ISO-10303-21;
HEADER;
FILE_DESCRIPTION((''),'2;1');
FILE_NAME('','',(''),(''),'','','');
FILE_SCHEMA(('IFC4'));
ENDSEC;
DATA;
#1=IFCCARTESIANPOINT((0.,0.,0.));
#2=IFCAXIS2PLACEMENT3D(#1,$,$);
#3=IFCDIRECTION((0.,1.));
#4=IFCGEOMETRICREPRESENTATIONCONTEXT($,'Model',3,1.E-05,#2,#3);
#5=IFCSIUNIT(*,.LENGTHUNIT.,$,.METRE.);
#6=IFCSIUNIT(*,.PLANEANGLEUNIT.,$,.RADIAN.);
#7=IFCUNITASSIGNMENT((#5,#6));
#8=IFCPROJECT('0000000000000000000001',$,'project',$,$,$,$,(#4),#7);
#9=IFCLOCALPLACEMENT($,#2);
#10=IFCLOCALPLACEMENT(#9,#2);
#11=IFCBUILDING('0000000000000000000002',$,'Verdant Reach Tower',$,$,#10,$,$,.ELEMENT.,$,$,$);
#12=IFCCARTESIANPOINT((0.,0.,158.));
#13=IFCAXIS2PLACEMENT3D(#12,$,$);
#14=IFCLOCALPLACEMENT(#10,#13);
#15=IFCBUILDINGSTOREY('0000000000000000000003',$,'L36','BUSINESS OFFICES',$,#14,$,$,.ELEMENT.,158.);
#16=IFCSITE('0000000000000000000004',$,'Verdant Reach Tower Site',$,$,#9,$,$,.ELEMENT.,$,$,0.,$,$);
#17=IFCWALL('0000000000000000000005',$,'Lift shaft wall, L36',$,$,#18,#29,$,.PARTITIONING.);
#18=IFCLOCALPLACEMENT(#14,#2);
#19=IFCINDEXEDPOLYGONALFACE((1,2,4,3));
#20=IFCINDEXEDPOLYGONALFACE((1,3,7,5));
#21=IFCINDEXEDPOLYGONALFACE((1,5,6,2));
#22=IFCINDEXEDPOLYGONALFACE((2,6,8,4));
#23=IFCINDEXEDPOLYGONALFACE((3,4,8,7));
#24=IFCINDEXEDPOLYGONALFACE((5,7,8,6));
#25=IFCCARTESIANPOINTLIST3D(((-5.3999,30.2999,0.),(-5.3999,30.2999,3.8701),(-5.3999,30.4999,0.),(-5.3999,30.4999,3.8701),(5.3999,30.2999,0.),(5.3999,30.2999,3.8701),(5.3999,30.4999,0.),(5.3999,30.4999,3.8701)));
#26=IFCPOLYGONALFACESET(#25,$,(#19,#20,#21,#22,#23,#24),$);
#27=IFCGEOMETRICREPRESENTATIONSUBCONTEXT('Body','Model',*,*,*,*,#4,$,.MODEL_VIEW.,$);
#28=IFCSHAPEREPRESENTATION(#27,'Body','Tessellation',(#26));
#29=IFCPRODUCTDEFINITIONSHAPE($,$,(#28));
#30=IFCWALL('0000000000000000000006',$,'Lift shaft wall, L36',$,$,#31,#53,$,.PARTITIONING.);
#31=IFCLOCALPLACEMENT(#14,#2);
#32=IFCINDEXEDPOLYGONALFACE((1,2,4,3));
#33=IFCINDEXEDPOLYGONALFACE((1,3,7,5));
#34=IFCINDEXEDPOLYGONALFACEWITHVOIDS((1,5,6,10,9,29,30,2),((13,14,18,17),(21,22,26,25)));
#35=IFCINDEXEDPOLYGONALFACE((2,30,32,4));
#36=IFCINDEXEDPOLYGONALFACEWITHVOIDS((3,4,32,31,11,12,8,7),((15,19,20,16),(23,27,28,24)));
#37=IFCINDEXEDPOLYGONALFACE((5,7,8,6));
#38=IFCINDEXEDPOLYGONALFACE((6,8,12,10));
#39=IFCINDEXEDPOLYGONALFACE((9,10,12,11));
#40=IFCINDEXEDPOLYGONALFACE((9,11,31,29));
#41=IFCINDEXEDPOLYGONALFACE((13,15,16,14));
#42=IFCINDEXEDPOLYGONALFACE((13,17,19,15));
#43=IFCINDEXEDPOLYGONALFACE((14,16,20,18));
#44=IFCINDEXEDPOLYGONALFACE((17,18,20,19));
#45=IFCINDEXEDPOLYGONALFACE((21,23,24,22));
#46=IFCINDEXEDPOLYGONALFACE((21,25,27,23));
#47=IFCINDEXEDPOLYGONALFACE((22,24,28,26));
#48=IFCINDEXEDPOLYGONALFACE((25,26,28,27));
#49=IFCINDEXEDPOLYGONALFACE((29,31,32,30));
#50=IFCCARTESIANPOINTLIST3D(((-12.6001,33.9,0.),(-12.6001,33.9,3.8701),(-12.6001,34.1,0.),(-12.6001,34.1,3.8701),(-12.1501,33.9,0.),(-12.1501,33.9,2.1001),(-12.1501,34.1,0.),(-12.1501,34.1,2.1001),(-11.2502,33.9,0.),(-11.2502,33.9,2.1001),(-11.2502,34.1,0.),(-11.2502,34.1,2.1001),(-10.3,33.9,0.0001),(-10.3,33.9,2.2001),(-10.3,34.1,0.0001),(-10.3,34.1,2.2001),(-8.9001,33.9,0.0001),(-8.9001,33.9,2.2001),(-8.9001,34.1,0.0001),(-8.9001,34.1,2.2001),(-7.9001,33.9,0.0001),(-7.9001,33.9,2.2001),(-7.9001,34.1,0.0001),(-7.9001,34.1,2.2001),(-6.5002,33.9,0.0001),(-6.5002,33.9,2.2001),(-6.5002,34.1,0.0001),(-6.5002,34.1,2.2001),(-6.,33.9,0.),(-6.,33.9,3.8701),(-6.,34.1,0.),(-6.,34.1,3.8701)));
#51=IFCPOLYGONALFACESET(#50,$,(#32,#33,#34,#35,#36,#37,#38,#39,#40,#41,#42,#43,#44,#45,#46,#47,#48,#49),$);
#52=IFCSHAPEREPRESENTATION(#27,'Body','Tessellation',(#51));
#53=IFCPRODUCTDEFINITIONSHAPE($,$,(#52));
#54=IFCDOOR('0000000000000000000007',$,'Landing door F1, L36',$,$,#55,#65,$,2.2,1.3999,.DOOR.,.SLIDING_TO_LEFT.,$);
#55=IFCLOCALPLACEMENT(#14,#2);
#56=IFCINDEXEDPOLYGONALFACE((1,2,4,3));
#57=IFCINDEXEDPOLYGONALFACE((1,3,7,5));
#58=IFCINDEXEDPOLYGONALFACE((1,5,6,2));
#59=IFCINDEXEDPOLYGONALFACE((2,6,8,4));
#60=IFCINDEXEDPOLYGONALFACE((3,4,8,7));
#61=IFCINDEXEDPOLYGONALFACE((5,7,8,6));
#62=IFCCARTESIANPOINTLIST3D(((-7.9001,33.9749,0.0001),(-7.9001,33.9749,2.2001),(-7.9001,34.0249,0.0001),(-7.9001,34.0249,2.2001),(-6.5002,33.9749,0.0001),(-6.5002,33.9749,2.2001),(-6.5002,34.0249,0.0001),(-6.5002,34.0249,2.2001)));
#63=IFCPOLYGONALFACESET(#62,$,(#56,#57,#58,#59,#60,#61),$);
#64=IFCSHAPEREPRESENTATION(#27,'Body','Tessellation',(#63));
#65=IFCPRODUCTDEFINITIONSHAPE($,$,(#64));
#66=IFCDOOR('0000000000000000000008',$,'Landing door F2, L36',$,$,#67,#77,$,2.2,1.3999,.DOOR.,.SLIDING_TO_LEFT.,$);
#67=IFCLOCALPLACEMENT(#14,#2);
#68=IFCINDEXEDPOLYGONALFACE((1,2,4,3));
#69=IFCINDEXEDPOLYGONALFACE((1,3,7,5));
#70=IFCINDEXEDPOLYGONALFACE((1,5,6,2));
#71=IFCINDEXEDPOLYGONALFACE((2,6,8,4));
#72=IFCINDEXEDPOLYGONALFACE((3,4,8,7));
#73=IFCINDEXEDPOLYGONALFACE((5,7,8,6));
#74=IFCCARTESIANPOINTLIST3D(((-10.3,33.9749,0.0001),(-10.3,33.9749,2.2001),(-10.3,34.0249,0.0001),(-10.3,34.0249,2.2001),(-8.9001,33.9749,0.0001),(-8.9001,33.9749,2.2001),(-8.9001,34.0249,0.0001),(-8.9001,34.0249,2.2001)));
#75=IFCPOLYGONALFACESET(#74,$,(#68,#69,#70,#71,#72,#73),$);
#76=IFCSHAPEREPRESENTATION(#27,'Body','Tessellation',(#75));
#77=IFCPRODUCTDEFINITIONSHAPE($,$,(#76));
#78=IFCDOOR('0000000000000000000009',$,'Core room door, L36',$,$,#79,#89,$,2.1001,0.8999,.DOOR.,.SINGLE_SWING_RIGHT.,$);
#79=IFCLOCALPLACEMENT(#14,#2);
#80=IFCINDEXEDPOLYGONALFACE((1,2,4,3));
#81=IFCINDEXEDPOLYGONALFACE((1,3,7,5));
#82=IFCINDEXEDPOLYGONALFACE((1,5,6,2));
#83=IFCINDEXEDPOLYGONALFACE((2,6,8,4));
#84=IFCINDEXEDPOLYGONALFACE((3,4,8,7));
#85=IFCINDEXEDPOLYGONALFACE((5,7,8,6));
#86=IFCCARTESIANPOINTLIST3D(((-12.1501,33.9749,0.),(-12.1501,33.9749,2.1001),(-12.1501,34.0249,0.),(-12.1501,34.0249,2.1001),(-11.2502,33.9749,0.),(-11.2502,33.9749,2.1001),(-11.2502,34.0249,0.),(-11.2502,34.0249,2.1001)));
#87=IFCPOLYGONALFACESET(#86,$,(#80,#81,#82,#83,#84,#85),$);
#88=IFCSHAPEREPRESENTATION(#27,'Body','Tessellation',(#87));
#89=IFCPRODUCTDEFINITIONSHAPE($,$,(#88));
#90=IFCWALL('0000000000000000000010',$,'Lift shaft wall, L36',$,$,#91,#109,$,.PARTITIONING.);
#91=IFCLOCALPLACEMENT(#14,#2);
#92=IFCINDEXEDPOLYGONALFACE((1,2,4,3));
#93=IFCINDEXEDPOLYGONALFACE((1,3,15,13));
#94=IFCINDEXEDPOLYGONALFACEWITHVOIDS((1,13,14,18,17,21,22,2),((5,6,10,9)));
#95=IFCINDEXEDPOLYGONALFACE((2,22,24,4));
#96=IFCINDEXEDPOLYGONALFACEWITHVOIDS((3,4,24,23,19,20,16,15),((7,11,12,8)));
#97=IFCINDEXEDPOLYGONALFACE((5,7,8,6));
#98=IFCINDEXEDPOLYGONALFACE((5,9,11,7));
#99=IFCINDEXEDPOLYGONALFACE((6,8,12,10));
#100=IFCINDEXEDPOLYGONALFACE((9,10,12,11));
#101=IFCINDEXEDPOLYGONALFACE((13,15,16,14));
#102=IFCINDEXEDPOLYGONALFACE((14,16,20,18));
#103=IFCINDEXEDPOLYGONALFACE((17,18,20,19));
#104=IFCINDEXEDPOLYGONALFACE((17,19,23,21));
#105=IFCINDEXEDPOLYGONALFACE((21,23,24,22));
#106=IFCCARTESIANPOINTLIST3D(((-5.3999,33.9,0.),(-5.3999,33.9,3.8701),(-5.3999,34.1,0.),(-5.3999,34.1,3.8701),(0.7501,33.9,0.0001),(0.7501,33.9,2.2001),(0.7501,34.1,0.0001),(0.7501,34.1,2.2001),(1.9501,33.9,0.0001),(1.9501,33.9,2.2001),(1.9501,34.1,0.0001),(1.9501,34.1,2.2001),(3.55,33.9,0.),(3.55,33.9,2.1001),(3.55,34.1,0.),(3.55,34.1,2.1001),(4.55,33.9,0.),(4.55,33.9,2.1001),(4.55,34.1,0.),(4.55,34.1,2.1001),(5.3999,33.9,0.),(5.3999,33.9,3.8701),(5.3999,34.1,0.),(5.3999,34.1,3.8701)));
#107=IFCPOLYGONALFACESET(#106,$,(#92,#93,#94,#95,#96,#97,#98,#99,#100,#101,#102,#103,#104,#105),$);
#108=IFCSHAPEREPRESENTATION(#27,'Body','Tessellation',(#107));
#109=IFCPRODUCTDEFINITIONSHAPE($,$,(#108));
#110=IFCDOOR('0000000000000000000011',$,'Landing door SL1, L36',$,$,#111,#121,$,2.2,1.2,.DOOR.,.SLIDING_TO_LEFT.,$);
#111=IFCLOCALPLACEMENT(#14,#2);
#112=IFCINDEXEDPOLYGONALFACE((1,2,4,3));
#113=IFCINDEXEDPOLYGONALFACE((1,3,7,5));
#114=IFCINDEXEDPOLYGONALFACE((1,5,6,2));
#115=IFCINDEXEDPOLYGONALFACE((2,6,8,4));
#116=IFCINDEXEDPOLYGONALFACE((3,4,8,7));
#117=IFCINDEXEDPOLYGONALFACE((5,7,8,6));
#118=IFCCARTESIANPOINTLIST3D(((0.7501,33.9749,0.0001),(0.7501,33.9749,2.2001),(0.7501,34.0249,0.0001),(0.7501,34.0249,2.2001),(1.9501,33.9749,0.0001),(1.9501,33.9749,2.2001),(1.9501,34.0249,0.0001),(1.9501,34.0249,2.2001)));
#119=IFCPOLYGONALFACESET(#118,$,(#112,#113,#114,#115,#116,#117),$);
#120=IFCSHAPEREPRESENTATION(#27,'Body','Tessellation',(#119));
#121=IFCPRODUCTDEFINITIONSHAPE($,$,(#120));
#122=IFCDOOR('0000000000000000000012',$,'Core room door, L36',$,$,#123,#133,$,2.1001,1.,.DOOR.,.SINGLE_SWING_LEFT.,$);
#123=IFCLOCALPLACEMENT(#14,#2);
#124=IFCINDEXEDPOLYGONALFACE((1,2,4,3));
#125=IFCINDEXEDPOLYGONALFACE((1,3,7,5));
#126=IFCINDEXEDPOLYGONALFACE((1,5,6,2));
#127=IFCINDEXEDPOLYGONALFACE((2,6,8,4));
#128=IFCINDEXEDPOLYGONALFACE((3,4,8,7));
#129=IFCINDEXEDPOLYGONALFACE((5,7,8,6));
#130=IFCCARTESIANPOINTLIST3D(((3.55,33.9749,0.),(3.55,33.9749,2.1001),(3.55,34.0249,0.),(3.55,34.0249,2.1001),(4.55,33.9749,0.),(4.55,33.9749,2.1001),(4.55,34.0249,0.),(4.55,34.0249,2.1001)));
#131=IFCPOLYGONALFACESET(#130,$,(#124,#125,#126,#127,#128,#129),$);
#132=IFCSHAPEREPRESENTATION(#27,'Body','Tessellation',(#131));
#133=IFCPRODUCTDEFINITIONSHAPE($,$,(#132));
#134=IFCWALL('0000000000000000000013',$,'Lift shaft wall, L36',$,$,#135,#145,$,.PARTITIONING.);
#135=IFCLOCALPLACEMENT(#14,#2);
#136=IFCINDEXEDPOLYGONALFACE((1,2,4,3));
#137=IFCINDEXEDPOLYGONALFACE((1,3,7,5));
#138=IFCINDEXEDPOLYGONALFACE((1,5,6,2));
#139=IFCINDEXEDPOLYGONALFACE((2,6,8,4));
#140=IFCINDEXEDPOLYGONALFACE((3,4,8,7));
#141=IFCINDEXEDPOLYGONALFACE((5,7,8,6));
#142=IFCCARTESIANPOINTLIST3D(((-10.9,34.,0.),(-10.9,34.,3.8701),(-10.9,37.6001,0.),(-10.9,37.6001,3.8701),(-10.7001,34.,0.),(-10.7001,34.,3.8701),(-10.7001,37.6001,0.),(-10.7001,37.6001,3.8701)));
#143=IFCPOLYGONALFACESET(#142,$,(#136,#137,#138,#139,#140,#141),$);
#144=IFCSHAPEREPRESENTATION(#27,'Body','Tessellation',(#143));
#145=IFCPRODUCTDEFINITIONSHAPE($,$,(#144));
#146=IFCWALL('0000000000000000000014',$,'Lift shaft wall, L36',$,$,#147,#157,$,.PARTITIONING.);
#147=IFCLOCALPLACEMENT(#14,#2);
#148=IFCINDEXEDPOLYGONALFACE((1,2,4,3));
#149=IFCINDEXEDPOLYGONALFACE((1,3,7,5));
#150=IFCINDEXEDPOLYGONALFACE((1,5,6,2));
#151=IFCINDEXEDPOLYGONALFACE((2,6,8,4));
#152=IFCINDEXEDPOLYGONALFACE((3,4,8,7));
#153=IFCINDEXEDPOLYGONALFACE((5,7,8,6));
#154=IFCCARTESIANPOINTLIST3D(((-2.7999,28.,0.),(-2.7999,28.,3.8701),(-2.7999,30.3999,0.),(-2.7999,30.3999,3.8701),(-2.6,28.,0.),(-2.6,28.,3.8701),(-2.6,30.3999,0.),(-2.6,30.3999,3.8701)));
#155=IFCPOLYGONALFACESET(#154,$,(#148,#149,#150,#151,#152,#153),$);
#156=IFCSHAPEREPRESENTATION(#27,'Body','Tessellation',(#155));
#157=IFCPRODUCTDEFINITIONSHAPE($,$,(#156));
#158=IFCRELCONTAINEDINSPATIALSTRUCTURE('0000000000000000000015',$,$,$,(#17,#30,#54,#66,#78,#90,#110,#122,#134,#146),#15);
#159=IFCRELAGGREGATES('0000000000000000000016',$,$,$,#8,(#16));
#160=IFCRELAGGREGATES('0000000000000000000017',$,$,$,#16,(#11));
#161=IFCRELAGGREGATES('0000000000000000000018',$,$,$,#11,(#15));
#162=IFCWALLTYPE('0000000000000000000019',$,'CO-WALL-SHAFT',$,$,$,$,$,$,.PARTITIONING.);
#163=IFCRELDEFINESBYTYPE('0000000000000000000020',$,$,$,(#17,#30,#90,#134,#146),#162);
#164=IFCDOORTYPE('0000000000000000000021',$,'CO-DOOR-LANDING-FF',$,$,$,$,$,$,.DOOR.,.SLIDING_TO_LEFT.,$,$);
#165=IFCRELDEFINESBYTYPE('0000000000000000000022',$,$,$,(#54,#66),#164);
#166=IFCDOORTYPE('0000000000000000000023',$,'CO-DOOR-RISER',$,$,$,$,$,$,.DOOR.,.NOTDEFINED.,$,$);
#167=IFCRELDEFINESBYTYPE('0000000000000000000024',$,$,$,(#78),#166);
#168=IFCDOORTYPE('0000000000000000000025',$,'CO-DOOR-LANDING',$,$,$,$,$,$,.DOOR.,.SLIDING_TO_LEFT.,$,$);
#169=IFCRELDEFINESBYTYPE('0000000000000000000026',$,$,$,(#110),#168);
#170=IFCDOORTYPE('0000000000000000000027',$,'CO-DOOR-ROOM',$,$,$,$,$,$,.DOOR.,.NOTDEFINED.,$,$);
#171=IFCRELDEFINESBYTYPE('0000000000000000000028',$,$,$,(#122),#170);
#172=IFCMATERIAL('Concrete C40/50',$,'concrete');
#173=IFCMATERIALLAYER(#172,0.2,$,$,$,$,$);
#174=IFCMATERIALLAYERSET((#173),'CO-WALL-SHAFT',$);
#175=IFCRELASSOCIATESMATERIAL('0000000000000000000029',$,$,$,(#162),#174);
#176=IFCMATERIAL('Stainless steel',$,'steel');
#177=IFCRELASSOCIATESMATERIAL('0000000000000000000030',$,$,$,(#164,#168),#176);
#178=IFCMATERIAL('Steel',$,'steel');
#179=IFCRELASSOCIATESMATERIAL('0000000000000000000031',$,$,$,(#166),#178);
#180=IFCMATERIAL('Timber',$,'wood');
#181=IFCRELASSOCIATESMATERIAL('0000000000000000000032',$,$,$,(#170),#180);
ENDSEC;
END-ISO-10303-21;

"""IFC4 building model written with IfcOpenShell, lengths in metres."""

from ifc_helpers import new_model, si_unit, direction, frame, frame_2d, origin, place, context, subcontext, project, spatial, rectangle, extrude, material, layer, layer_set, type_object, element, fill, save


model = new_model("IFC4")

# Units and contexts
model_context = context("Model", 3, precision=1e-05, world=origin(), true_north=direction((0.0, 1.0)))
body_context = subcontext(model_context, "Body", "Model", "MODEL_VIEW")
ifc_project = project(units=[si_unit("LENGTHUNIT", "METRE"), si_unit("PLANEANGLEUNIT", "RADIAN")], contexts=[model_context])

# Site, building, storey
site_placement = place(None, origin())
site = spatial("IfcSite", under=ifc_project, at=site_placement, Name="Verdant Reach Tower Site", CompositionType="ELEMENT", RefElevation=0.0)
building_placement = place(site_placement, origin())
building = spatial("IfcBuilding", under=site, at=building_placement, Name="Verdant Reach Tower", CompositionType="ELEMENT")
storey_placement = place(building_placement, frame((0.0, 0.0, 158.0)))
storey = spatial("IfcBuildingStorey", under=building, at=storey_placement, Name="L36", Description="BUSINESS OFFICES", CompositionType="ELEMENT", Elevation=158.0)

# Wall
ifc_material_1 = material(Name="Concrete C40/50", Category="concrete")
ifc_layer_1 = layer(ifc_material_1, 0.2)
ifc_layer_set_1 = layer_set([ifc_layer_1], Name="CO-WALL-SHAFT")
wall_type_1 = type_object("IfcWallType", Name="CO-WALL-SHAFT", PredefinedType="PARTITIONING", material=ifc_layer_set_1)
wall_1_placement = place(storey_placement, frame((-5.3999, 30.3999, 0.0), z_axis=(0.0, 0.0, 1.0), x_axis=(1.0, 0.0, 0.0)))
element("IfcWall", 1, at=wall_1_placement, inside=storey, type_object=wall_type_1, Name="Lift shaft wall, L36", PredefinedType="PARTITIONING", context=body_context, shape_type="SweptSolid", body=[
    extrude(rectangle(XDim=10.7998, YDim=0.2, at=frame_2d((5.3999, 0.0))), origin(), (0.0, 0.0, 1.0), 3.8701),
])

# Walls, openings, doors
wall_2_placement = place(storey_placement, frame((-12.6001, 34.0, 0.0), z_axis=(0.0, 0.0, 1.0), x_axis=(1.0, 0.0, 0.0)))
wall_2 = element("IfcWall", 2, at=wall_2_placement, inside=storey, type_object=wall_type_1, Name="Lift shaft wall, L36", PredefinedType="PARTITIONING", context=body_context, shape_type="SweptSolid", body=[
    extrude(rectangle(XDim=6.6001, YDim=0.2, at=frame_2d((3.3, 0.0))), origin(), (0.0, 0.0, 1.0), 3.8701),
])
opening_1_placement = place(wall_2_placement, frame((4.7, 0.0, 0.0)))
opening_1 = element("IfcOpeningElement", 3, at=opening_1_placement, cuts=wall_2, PredefinedType="OPENING", context=body_context, shape_type="SweptSolid", body=[
    extrude(rectangle(XDim=1.3999, YDim=2.2, at=frame_2d((0.7, 1.1001))), frame((0.0, 0.1099, 0.0), z_axis=(0.0, -1.0, 0.0), x_axis=(1.0, 0.0, 0.0)), (0.0, 0.0, 1.0), 0.22),
])
opening_2_placement = place(wall_2_placement, frame((2.3, 0.0, 0.0)))
opening_2 = element("IfcOpeningElement", 4, at=opening_2_placement, cuts=wall_2, PredefinedType="OPENING", context=body_context, shape_type="SweptSolid", body=[
    extrude(rectangle(XDim=1.3999, YDim=2.2, at=frame_2d((0.7, 1.1001))), frame((0.0, 0.1099, 0.0), z_axis=(0.0, -1.0, 0.0), x_axis=(1.0, 0.0, 0.0)), (0.0, 0.0, 1.0), 0.22),
])
opening_3_placement = place(wall_2_placement, frame((0.45, 0.0, 0.0)))
opening_3 = element("IfcOpeningElement", 5, at=opening_3_placement, cuts=wall_2, PredefinedType="OPENING", context=body_context, shape_type="SweptSolid", body=[
    extrude(rectangle(XDim=0.8999, YDim=2.1001, at=frame_2d((0.45, 1.05))), frame((0.0, 0.1099, 0.0), z_axis=(0.0, -1.0, 0.0), x_axis=(1.0, 0.0, 0.0)), (0.0, 0.0, 1.0), 0.22),
])
ifc_material_2 = material(Name="Stainless steel", Category="steel")
door_type_1 = type_object("IfcDoorType", Name="CO-DOOR-LANDING-FF", OperationType="SLIDING_TO_LEFT", PredefinedType="DOOR", material=ifc_material_2)
door_1_placement = place(opening_1_placement, origin())
door_1 = element("IfcDoor", 6, at=door_1_placement, inside=storey, type_object=door_type_1, Name="Landing door F1, L36", OperationType="SLIDING_TO_LEFT", OverallHeight=2.2, OverallWidth=1.3999, PredefinedType="DOOR", context=body_context, shape_type="SweptSolid", body=[
    extrude(rectangle(XDim=1.3999, YDim=2.2, at=frame_2d((0.7, 1.1001))), frame((0.0, 0.0249, 0.0), z_axis=(0.0, -1.0, 0.0), x_axis=(1.0, 0.0, 0.0)), (0.0, 0.0, 1.0), 0.05),
])
fill(opening_1, door_1)
door_2_placement = place(opening_2_placement, origin())
door_2 = element("IfcDoor", 7, at=door_2_placement, inside=storey, type_object=door_type_1, Name="Landing door F2, L36", OperationType="SLIDING_TO_LEFT", OverallHeight=2.2, OverallWidth=1.3999, PredefinedType="DOOR", context=body_context, shape_type="SweptSolid", body=[
    extrude(rectangle(XDim=1.3999, YDim=2.2, at=frame_2d((0.7, 1.1001))), frame((0.0, 0.0249, 0.0), z_axis=(0.0, -1.0, 0.0), x_axis=(1.0, 0.0, 0.0)), (0.0, 0.0, 1.0), 0.05),
])
fill(opening_2, door_2)
ifc_material_3 = material(Name="Steel", Category="steel")
door_type_2 = type_object("IfcDoorType", Name="CO-DOOR-RISER", OperationType="NOTDEFINED", PredefinedType="DOOR", material=ifc_material_3)
door_3_placement = place(opening_3_placement, origin())
door_3 = element("IfcDoor", 8, at=door_3_placement, inside=storey, type_object=door_type_2, Name="Core room door, L36", OperationType="SINGLE_SWING_RIGHT", OverallHeight=2.1001, OverallWidth=0.8999, PredefinedType="DOOR", context=body_context, shape_type="SweptSolid", body=[
    extrude(rectangle(XDim=0.8999, YDim=2.1001, at=frame_2d((0.45, 1.05))), frame((0.0, 0.0249, 0.0), z_axis=(0.0, -1.0, 0.0), x_axis=(1.0, 0.0, 0.0)), (0.0, 0.0, 1.0), 0.05),
])
fill(opening_3, door_3)
wall_3_placement = place(storey_placement, frame((-5.3999, 34.0, 0.0), z_axis=(0.0, 0.0, 1.0), x_axis=(1.0, 0.0, 0.0)))
wall_3 = element("IfcWall", 9, at=wall_3_placement, inside=storey, type_object=wall_type_1, Name="Lift shaft wall, L36", PredefinedType="PARTITIONING", context=body_context, shape_type="SweptSolid", body=[
    extrude(rectangle(XDim=10.7998, YDim=0.2, at=frame_2d((5.3999, 0.0))), origin(), (0.0, 0.0, 1.0), 3.8701),
])
opening_4_placement = place(wall_3_placement, frame((6.1499, 0.0, 0.0)))
opening_4 = element("IfcOpeningElement", 10, at=opening_4_placement, cuts=wall_3, PredefinedType="OPENING", context=body_context, shape_type="SweptSolid", body=[
    extrude(rectangle(XDim=1.2, YDim=2.2, at=frame_2d((0.6001, 1.1001))), frame((0.0, 0.1099, 0.0), z_axis=(0.0, -1.0, 0.0), x_axis=(1.0, 0.0, 0.0)), (0.0, 0.0, 1.0), 0.22),
])
opening_5_placement = place(wall_3_placement, frame((8.95, 0.0, 0.0)))
opening_5 = element("IfcOpeningElement", 11, at=opening_5_placement, cuts=wall_3, PredefinedType="OPENING", context=body_context, shape_type="SweptSolid", body=[
    extrude(rectangle(XDim=1.0, YDim=2.1001, at=frame_2d((0.5, 1.05))), frame((0.0, 0.1099, 0.0), z_axis=(0.0, -1.0, 0.0), x_axis=(1.0, 0.0, 0.0)), (0.0, 0.0, 1.0), 0.22),
])
door_type_3 = type_object("IfcDoorType", Name="CO-DOOR-LANDING", OperationType="SLIDING_TO_LEFT", PredefinedType="DOOR", material=ifc_material_2)
door_4_placement = place(opening_4_placement, origin())
door_4 = element("IfcDoor", 12, at=door_4_placement, inside=storey, type_object=door_type_3, Name="Landing door SL1, L36", OperationType="SLIDING_TO_LEFT", OverallHeight=2.2, OverallWidth=1.2, PredefinedType="DOOR", context=body_context, shape_type="SweptSolid", body=[
    extrude(rectangle(XDim=1.2, YDim=2.2, at=frame_2d((0.6001, 1.1001))), frame((0.0, 0.0249, 0.0), z_axis=(0.0, -1.0, 0.0), x_axis=(1.0, 0.0, 0.0)), (0.0, 0.0, 1.0), 0.05),
])
fill(opening_4, door_4)
ifc_material_4 = material(Name="Timber", Category="wood")
door_type_4 = type_object("IfcDoorType", Name="CO-DOOR-ROOM", OperationType="NOTDEFINED", PredefinedType="DOOR", material=ifc_material_4)
door_5_placement = place(opening_5_placement, origin())
door_5 = element("IfcDoor", 13, at=door_5_placement, inside=storey, type_object=door_type_4, Name="Core room door, L36", OperationType="SINGLE_SWING_LEFT", OverallHeight=2.1001, OverallWidth=1.0, PredefinedType="DOOR", context=body_context, shape_type="SweptSolid", body=[
    extrude(rectangle(XDim=1.0, YDim=2.1001, at=frame_2d((0.5, 1.05))), frame((0.0, 0.0249, 0.0), z_axis=(0.0, -1.0, 0.0), x_axis=(1.0, 0.0, 0.0)), (0.0, 0.0, 1.0), 0.05),
])
fill(opening_5, door_5)

# Walls
wall_4_placement = place(storey_placement, frame((-10.8, 34.0, 0.0), z_axis=(0.0, 0.0, 1.0), x_axis=(0.0, 1.0, 0.0)))
element("IfcWall", 14, at=wall_4_placement, inside=storey, type_object=wall_type_1, Name="Lift shaft wall, L36", PredefinedType="PARTITIONING", context=body_context, shape_type="SweptSolid", body=[
    extrude(rectangle(XDim=3.6001, YDim=0.2, at=frame_2d((1.8, 0.0))), origin(), (0.0, 0.0, 1.0), 3.8701),
])
wall_5_placement = place(storey_placement, frame((-2.7, 28.0, 0.0), z_axis=(0.0, 0.0, 1.0), x_axis=(0.0, 1.0, 0.0)))
element("IfcWall", 15, at=wall_5_placement, inside=storey, type_object=wall_type_1, Name="Lift shaft wall, L36", PredefinedType="PARTITIONING", context=body_context, shape_type="SweptSolid", body=[
    extrude(rectangle(XDim=2.3999, YDim=0.2, at=frame_2d((1.2, 0.0))), origin(), (0.0, 0.0, 1.0), 3.8701),
])

save(model, "model.ifc")
